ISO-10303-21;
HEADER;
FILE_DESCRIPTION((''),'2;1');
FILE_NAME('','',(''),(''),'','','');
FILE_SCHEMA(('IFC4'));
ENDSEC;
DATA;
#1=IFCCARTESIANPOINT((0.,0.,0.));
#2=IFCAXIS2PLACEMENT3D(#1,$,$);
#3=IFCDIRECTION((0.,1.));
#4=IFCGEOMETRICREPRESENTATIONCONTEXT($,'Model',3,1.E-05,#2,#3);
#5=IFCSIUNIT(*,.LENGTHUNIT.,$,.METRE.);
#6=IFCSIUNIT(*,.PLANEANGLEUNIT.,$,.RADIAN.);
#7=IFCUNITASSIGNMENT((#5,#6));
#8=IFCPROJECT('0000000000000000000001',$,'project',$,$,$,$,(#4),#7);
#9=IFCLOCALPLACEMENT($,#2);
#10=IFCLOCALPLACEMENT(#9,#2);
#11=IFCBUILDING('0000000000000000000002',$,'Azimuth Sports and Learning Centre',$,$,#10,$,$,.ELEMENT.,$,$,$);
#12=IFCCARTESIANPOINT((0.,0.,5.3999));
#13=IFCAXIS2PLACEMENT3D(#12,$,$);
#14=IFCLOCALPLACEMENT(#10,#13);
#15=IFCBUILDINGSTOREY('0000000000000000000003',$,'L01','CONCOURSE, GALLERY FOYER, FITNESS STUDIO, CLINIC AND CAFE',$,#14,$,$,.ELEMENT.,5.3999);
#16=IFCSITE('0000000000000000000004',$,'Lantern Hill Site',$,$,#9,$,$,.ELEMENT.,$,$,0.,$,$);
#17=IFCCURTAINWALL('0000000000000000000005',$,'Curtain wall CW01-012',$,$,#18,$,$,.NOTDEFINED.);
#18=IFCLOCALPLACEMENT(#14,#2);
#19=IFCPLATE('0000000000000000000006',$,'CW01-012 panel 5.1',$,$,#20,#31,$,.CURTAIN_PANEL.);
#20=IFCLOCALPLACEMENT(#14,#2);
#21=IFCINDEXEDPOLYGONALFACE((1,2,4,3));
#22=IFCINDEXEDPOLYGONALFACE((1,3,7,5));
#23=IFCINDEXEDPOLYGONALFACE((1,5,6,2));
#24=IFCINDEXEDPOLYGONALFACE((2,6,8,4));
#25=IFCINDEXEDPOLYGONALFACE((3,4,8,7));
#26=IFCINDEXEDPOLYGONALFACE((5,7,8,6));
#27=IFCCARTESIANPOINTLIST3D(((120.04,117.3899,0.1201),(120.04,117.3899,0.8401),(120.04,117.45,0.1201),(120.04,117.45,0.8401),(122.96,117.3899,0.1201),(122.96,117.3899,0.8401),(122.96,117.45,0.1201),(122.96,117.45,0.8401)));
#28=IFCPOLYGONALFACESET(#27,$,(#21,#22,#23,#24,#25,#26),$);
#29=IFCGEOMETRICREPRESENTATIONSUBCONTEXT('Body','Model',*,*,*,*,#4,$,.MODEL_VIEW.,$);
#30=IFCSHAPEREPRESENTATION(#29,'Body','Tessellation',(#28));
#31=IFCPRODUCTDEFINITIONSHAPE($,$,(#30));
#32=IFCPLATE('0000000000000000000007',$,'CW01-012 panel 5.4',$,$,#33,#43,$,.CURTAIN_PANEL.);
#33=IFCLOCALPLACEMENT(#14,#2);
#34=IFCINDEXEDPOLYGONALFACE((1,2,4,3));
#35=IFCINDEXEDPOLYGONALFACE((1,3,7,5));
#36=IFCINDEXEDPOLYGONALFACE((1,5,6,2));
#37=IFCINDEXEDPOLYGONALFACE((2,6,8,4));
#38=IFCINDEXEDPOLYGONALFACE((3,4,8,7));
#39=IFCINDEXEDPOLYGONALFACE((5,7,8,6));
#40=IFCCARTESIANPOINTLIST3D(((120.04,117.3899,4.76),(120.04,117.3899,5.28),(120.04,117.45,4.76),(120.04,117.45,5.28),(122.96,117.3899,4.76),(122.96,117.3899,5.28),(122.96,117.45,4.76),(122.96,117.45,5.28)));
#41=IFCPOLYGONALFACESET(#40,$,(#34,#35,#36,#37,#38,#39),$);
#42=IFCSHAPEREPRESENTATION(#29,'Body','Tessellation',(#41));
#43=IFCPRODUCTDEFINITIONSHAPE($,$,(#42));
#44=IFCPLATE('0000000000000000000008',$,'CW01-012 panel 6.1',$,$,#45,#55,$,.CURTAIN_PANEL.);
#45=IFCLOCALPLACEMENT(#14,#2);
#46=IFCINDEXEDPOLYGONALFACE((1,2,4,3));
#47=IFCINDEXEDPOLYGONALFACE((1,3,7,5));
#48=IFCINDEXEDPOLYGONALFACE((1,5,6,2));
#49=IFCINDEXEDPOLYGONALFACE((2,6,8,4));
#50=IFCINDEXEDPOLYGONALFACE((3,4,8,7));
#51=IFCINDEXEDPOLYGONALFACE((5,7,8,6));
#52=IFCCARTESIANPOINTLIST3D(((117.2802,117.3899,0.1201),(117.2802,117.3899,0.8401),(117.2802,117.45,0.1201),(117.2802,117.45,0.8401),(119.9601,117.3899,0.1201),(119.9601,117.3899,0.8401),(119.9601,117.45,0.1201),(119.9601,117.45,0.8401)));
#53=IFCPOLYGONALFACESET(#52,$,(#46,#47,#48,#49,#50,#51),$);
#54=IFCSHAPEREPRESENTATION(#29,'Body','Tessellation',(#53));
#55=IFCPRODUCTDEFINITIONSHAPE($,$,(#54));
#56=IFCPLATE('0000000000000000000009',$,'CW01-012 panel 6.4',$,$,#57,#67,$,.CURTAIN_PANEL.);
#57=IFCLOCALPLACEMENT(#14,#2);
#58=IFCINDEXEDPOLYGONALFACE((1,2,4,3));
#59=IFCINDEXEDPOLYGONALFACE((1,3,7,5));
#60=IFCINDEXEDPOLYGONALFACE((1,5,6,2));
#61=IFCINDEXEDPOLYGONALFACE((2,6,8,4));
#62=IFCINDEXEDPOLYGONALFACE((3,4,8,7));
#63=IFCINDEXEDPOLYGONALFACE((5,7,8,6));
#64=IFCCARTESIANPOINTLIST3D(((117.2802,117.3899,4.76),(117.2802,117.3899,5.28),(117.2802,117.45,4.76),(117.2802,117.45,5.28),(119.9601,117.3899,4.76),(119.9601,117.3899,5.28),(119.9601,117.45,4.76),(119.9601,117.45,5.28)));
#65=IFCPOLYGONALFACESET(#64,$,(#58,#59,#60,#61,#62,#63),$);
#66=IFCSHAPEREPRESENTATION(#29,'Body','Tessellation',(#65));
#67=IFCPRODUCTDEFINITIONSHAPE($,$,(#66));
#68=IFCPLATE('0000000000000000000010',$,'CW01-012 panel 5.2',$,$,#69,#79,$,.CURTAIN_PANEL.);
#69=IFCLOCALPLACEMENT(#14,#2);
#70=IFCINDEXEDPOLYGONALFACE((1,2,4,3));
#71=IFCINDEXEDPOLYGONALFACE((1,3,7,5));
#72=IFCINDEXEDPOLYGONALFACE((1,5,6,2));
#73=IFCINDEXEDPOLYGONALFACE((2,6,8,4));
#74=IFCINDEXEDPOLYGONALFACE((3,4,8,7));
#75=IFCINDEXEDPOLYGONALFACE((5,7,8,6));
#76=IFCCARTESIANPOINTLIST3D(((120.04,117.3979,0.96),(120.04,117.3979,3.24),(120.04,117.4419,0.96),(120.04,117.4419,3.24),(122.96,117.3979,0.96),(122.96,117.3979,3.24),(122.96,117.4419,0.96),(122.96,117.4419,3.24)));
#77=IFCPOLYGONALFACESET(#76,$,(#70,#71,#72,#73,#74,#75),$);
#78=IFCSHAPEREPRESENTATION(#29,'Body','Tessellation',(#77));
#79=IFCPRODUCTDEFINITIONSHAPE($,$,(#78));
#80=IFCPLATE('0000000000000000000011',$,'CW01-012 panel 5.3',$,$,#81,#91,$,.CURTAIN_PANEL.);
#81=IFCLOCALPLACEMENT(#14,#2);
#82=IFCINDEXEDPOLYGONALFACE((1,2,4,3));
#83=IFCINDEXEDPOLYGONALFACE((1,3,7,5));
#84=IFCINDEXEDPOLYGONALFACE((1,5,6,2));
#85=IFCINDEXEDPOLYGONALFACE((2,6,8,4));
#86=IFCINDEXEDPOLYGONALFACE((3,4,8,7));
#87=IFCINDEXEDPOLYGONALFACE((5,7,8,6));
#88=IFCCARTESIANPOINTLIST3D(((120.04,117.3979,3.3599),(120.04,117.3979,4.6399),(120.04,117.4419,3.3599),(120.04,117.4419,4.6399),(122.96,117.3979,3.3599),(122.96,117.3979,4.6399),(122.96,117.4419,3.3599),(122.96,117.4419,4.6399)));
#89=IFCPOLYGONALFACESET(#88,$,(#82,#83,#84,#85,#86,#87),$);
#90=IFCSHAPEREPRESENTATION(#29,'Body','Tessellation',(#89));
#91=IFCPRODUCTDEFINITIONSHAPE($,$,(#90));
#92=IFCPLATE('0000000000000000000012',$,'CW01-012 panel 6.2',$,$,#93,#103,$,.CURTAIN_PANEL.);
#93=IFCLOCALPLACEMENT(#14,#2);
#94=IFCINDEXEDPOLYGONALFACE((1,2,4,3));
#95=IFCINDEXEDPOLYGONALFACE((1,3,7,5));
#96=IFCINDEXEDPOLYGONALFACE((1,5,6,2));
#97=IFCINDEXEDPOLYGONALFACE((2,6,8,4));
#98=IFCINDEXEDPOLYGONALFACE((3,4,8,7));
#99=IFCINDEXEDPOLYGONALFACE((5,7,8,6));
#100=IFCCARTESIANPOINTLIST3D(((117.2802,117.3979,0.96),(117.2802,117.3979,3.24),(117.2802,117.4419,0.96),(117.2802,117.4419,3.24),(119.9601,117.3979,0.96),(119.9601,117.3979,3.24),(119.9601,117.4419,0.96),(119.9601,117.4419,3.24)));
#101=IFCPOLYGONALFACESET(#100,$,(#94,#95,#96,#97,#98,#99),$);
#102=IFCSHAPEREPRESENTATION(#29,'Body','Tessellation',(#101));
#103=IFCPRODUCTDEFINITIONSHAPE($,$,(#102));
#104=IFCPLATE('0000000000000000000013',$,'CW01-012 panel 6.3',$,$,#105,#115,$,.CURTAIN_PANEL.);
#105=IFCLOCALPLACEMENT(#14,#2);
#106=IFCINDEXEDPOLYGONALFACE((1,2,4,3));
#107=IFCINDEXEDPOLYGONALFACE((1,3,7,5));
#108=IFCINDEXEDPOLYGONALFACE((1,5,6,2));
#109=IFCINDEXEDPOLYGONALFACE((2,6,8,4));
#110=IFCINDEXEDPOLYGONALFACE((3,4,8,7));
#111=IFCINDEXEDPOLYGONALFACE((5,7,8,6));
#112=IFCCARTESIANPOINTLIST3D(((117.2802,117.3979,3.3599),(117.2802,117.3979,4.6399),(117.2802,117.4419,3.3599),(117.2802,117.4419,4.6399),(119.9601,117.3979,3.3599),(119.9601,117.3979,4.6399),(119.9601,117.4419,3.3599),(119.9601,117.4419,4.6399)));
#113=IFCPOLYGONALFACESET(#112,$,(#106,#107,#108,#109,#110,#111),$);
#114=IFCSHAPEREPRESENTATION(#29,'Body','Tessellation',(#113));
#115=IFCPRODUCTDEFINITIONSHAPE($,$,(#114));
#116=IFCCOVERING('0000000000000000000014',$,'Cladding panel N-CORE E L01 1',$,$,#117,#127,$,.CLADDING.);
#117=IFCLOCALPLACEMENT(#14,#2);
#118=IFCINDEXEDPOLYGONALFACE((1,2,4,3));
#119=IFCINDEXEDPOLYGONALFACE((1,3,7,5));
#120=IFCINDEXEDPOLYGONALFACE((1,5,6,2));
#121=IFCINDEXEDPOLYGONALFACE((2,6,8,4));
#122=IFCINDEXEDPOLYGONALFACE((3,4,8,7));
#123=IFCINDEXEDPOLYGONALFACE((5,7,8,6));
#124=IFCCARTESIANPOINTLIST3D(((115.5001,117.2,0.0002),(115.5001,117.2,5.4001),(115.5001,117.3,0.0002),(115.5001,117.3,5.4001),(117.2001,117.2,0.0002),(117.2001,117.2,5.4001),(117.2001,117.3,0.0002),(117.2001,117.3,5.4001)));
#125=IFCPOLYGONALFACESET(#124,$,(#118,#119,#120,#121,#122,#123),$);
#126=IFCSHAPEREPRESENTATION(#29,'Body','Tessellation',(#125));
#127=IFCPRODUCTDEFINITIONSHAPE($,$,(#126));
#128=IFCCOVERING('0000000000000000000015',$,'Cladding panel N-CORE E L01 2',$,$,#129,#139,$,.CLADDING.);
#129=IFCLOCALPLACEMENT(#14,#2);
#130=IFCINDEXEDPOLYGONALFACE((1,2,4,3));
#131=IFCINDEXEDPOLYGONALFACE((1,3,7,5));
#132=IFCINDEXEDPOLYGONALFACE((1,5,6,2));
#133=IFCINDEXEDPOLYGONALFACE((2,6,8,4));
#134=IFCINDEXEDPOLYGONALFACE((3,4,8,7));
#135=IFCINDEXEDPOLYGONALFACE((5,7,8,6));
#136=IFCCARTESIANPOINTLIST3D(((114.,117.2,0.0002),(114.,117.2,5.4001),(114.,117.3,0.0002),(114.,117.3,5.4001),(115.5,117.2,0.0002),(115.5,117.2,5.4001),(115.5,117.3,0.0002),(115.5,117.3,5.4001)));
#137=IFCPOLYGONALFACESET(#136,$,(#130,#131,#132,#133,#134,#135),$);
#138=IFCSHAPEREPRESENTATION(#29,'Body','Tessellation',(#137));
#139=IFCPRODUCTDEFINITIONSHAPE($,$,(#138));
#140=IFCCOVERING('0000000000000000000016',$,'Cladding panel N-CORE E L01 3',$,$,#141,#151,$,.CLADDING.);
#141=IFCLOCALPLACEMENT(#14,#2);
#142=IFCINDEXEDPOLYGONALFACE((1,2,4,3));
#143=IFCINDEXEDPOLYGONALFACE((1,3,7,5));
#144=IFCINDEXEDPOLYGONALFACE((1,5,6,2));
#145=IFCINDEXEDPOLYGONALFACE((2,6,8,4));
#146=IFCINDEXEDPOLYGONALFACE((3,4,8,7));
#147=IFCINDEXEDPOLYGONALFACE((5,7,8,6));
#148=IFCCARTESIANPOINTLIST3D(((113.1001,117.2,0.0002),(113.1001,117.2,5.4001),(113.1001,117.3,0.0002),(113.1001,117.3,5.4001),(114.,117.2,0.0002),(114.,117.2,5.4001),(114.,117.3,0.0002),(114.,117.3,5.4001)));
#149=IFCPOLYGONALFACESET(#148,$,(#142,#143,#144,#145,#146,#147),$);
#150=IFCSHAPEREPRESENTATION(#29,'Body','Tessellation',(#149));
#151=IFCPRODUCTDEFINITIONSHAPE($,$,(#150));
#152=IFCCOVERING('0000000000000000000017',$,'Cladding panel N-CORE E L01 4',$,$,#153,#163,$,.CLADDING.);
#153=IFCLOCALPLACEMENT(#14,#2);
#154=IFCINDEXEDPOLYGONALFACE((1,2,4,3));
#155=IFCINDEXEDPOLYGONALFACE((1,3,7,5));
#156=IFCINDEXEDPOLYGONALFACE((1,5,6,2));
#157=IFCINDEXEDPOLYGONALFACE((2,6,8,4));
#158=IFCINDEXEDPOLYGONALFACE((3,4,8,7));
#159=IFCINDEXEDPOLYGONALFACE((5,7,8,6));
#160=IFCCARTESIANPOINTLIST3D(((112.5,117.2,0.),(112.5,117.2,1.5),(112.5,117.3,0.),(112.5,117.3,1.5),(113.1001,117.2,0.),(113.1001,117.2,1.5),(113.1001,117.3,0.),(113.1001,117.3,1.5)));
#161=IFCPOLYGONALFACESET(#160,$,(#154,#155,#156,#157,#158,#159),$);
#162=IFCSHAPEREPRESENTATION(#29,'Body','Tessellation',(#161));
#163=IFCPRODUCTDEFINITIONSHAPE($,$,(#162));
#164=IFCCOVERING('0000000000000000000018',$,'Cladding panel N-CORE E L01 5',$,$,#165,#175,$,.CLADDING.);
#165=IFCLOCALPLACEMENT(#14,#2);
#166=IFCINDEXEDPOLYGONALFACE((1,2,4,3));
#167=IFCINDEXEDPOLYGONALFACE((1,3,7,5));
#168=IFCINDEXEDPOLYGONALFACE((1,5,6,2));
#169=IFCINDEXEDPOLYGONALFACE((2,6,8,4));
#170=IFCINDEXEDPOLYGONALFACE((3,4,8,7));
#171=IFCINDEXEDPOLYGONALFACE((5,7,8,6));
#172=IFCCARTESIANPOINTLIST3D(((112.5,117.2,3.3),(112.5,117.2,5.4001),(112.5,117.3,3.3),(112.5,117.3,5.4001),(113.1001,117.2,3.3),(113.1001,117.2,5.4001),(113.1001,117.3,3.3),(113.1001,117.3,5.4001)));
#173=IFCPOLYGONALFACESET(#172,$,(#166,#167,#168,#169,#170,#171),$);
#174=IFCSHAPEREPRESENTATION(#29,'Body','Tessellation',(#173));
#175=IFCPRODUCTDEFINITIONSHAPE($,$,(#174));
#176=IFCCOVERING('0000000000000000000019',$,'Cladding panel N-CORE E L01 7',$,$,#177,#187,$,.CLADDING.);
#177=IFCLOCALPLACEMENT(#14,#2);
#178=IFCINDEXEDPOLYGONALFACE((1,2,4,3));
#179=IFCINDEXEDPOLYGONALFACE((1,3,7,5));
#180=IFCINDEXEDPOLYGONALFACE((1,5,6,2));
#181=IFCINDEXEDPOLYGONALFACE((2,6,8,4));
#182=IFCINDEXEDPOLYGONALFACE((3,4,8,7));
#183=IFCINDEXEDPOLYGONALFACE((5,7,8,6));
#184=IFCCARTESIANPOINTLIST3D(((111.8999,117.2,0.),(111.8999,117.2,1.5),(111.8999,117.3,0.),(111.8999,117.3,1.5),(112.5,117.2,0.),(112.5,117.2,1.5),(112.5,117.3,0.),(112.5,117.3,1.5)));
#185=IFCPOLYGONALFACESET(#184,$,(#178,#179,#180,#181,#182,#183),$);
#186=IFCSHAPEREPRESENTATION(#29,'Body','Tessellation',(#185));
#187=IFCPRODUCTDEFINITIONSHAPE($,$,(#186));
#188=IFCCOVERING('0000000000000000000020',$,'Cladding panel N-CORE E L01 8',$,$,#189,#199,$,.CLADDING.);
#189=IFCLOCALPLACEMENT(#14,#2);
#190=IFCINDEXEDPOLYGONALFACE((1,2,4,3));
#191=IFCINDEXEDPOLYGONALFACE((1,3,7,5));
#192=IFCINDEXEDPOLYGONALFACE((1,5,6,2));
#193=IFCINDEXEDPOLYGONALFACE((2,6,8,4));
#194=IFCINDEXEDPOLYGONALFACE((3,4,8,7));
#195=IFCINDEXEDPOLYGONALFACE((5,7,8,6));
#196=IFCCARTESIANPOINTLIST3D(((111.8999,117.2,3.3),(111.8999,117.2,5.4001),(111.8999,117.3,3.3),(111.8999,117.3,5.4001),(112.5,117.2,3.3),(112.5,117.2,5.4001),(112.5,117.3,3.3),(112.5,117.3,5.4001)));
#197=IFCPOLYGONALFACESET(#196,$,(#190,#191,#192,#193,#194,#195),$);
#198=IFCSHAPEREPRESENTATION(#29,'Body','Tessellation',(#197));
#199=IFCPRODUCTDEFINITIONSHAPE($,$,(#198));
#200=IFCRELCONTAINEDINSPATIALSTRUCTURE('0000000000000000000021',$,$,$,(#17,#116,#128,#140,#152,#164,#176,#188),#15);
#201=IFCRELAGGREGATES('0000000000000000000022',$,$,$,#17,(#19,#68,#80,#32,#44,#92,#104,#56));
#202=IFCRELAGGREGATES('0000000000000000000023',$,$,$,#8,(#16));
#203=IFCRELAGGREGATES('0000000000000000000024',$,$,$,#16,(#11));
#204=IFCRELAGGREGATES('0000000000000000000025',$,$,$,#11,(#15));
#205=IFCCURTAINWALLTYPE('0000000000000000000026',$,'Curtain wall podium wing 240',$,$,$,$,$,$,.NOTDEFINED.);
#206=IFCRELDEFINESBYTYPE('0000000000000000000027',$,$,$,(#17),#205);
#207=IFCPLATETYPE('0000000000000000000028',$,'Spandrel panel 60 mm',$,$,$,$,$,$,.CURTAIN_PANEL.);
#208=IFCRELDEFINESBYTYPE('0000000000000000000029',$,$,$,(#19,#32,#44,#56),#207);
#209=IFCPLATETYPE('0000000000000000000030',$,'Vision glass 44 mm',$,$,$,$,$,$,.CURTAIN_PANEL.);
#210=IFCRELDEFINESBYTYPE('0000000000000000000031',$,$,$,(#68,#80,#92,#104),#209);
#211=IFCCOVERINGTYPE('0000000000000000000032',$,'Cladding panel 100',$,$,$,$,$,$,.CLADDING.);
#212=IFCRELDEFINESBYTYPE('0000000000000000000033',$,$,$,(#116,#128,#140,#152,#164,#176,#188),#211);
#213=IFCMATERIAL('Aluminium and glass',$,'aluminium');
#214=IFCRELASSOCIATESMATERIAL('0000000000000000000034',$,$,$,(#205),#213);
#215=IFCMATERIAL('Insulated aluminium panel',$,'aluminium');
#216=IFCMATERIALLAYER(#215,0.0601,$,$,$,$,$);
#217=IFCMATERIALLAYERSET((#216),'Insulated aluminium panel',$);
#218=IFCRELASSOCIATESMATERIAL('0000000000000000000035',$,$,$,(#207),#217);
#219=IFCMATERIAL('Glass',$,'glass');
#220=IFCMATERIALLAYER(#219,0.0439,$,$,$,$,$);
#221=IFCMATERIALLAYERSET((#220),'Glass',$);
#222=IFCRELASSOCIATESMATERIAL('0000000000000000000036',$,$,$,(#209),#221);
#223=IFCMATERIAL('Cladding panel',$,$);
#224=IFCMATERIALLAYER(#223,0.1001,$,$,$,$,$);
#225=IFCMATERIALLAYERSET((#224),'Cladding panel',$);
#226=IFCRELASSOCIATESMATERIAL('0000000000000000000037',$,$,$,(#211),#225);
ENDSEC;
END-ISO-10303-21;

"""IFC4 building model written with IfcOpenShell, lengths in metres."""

from ifc_helpers import new_model, si_unit, direction, frame, origin, origin_2d, place, context, subcontext, project, spatial, rectangle, extrude, material, layer, layer_set, type_object, element, aggregate, save


model = new_model("IFC4")

# Units and contexts
model_context = context("Model", 3, precision=1e-05, world=origin(), true_north=direction((0.0, 1.0)))
body_context = subcontext(model_context, "Body", "Model", "MODEL_VIEW")
ifc_project = project(units=[si_unit("LENGTHUNIT", "METRE"), si_unit("PLANEANGLEUNIT", "RADIAN")], contexts=[model_context])

# Site, building, storey
site_placement = place(None, origin())
site = spatial("IfcSite", under=ifc_project, at=site_placement, Name="Lantern Hill Site", CompositionType="ELEMENT", RefElevation=0.0)
building_placement = place(site_placement, origin())
building = spatial("IfcBuilding", under=site, at=building_placement, Name="Azimuth Sports and Learning Centre", CompositionType="ELEMENT")
storey_placement = place(building_placement, frame((0.0, 0.0, 5.3999)))
storey = spatial("IfcBuildingStorey", under=building, at=storey_placement, Name="L01", Description="CONCOURSE, GALLERY FOYER, FITNESS STUDIO, CLINIC AND CAFE", CompositionType="ELEMENT", Elevation=5.3999)

# Curtain wall, plates
ifc_material_1 = material(Name="Aluminium and glass", Category="aluminium")
curtain_wall_type = type_object("IfcCurtainWallType", Name="Curtain wall podium wing 240", PredefinedType="NOTDEFINED", material=ifc_material_1)
curtain_wall_placement = place(storey_placement, origin())
curtain_wall = element("IfcCurtainWall", 1, at=curtain_wall_placement, inside=storey, type_object=curtain_wall_type, Name="Curtain wall CW01-012", PredefinedType="NOTDEFINED")
ifc_material_2 = material(Name="Insulated aluminium panel", Category="aluminium")
ifc_layer_1 = layer(ifc_material_2, 0.0601)
ifc_layer_set_1 = layer_set([ifc_layer_1], Name="Insulated aluminium panel")
plate_type_1 = type_object("IfcPlateType", Name="Spandrel panel 60 mm", PredefinedType="CURTAIN_PANEL", material=ifc_layer_set_1)
plate_1_placement = place(storey_placement, frame((121.5, 117.4199, 0.1201), z_axis=(0.0, 0.0, 1.0), x_axis=(-1.0, 0.0, 0.0)))
plate_1 = element("IfcPlate", 2, at=plate_1_placement, type_object=plate_type_1, Name="CW01-012 panel 5.1", PredefinedType="CURTAIN_PANEL", context=body_context, shape_type="SweptSolid", body=[
    extrude(rectangle(XDim=2.9199, YDim=0.0601, at=origin_2d()), origin(), (0.0, 0.0, 1.0), 0.72),
])
plate_2_placement = place(storey_placement, frame((121.5, 117.4199, 4.76), z_axis=(0.0, 0.0, 1.0), x_axis=(-1.0, 0.0, 0.0)))
plate_2 = element("IfcPlate", 3, at=plate_2_placement, type_object=plate_type_1, Name="CW01-012 panel 5.4", PredefinedType="CURTAIN_PANEL", context=body_context, shape_type="SweptSolid", body=[
    extrude(rectangle(XDim=2.9199, YDim=0.0601, at=origin_2d()), origin(), (0.0, 0.0, 1.0), 0.52),
])
plate_3_placement = place(storey_placement, frame((118.6201, 117.4199, 0.1201), z_axis=(0.0, 0.0, 1.0), x_axis=(-1.0, 0.0, 0.0)))
plate_3 = element("IfcPlate", 4, at=plate_3_placement, type_object=plate_type_1, Name="CW01-012 panel 6.1", PredefinedType="CURTAIN_PANEL", context=body_context, shape_type="SweptSolid", body=[
    extrude(rectangle(XDim=2.6799, YDim=0.0601, at=origin_2d()), origin(), (0.0, 0.0, 1.0), 0.72),
])
plate_4_placement = place(storey_placement, frame((118.6201, 117.4199, 4.76), z_axis=(0.0, 0.0, 1.0), x_axis=(-1.0, 0.0, 0.0)))
plate_4 = element("IfcPlate", 5, at=plate_4_placement, type_object=plate_type_1, Name="CW01-012 panel 6.4", PredefinedType="CURTAIN_PANEL", context=body_context, shape_type="SweptSolid", body=[
    extrude(rectangle(XDim=2.6799, YDim=0.0601, at=origin_2d()), origin(), (0.0, 0.0, 1.0), 0.52),
])
ifc_material_3 = material(Name="Glass", Category="glass")
ifc_layer_2 = layer(ifc_material_3, 0.0439)
ifc_layer_set_2 = layer_set([ifc_layer_2], Name="Glass")
plate_type_2 = type_object("IfcPlateType", Name="Vision glass 44 mm", PredefinedType="CURTAIN_PANEL", material=ifc_layer_set_2)
plate_5_placement = place(storey_placement, frame((121.5, 117.4199, 0.96), z_axis=(0.0, 0.0, 1.0), x_axis=(-1.0, 0.0, 0.0)))
plate_5 = element("IfcPlate", 6, at=plate_5_placement, type_object=plate_type_2, Name="CW01-012 panel 5.2", PredefinedType="CURTAIN_PANEL", context=body_context, shape_type="SweptSolid", body=[
    extrude(rectangle(XDim=2.9199, YDim=0.0439, at=origin_2d()), origin(), (0.0, 0.0, 1.0), 2.28),
])
plate_6_placement = place(storey_placement, frame((121.5, 117.4199, 3.3599), z_axis=(0.0, 0.0, 1.0), x_axis=(-1.0, 0.0, 0.0)))
plate_6 = element("IfcPlate", 7, at=plate_6_placement, type_object=plate_type_2, Name="CW01-012 panel 5.3", PredefinedType="CURTAIN_PANEL", context=body_context, shape_type="SweptSolid", body=[
    extrude(rectangle(XDim=2.9199, YDim=0.0439, at=origin_2d()), origin(), (0.0, 0.0, 1.0), 1.28),
])
plate_7_placement = place(storey_placement, frame((118.6201, 117.4199, 0.96), z_axis=(0.0, 0.0, 1.0), x_axis=(-1.0, 0.0, 0.0)))
plate_7 = element("IfcPlate", 8, at=plate_7_placement, type_object=plate_type_2, Name="CW01-012 panel 6.2", PredefinedType="CURTAIN_PANEL", context=body_context, shape_type="SweptSolid", body=[
    extrude(rectangle(XDim=2.6799, YDim=0.0439, at=origin_2d()), origin(), (0.0, 0.0, 1.0), 2.28),
])
plate_8_placement = place(storey_placement, frame((118.6201, 117.4199, 3.3599), z_axis=(0.0, 0.0, 1.0), x_axis=(-1.0, 0.0, 0.0)))
plate_8 = element("IfcPlate", 9, at=plate_8_placement, type_object=plate_type_2, Name="CW01-012 panel 6.3", PredefinedType="CURTAIN_PANEL", context=body_context, shape_type="SweptSolid", body=[
    extrude(rectangle(XDim=2.6799, YDim=0.0439, at=origin_2d()), origin(), (0.0, 0.0, 1.0), 1.28),
])
aggregate(curtain_wall, [plate_1, plate_5, plate_6, plate_2, plate_3, plate_7, plate_8, plate_4])

# Coverings
ifc_material_4 = material(Name="Cladding panel")
ifc_layer_3 = layer(ifc_material_4, 0.1001)
ifc_layer_set_3 = layer_set([ifc_layer_3], Name="Cladding panel")
covering_type = type_object("IfcCoveringType", Name="Cladding panel 100", PredefinedType="CLADDING", material=ifc_layer_set_3)
covering_1_placement = place(storey_placement, frame((116.3501, 117.25, 0.0002), z_axis=(0.0, 0.0, 1.0), x_axis=(-1.0, 0.0, 0.0)))
element("IfcCovering", 10, at=covering_1_placement, inside=storey, type_object=covering_type, Name="Cladding panel N-CORE E L01 1", PredefinedType="CLADDING", context=body_context, shape_type="SweptSolid", body=[
    extrude(rectangle(XDim=1.7, YDim=0.1001, at=origin_2d()), origin(), (0.0, 0.0, 1.0), 5.3999),
])
covering_2_placement = place(storey_placement, frame((114.75, 117.25, 0.0002), z_axis=(0.0, 0.0, 1.0), x_axis=(-1.0, 0.0, 0.0)))
element("IfcCovering", 11, at=covering_2_placement, inside=storey, type_object=covering_type, Name="Cladding panel N-CORE E L01 2", PredefinedType="CLADDING", context=body_context, shape_type="SweptSolid", body=[
    extrude(rectangle(XDim=1.5, YDim=0.1001, at=origin_2d()), origin(), (0.0, 0.0, 1.0), 5.3999),
])
covering_3_placement = place(storey_placement, frame((113.55, 117.25, 0.0002), z_axis=(0.0, 0.0, 1.0), x_axis=(-1.0, 0.0, 0.0)))
element("IfcCovering", 12, at=covering_3_placement, inside=storey, type_object=covering_type, Name="Cladding panel N-CORE E L01 3", PredefinedType="CLADDING", context=body_context, shape_type="SweptSolid", body=[
    extrude(rectangle(XDim=0.8999, YDim=0.1001, at=origin_2d()), origin(), (0.0, 0.0, 1.0), 5.3999),
])
covering_4_placement = place(storey_placement, frame((112.8, 117.25, 0.0), z_axis=(0.0, 0.0, 1.0), x_axis=(-1.0, 0.0, 0.0)))
element("IfcCovering", 13, at=covering_4_placement, inside=storey, type_object=covering_type, Name="Cladding panel N-CORE E L01 4", PredefinedType="CLADDING", context=body_context, shape_type="SweptSolid", body=[
    extrude(rectangle(XDim=0.6001, YDim=0.1001, at=origin_2d()), origin(), (0.0, 0.0, 1.0), 1.5),
])
covering_5_placement = place(storey_placement, frame((112.8, 117.25, 3.3), z_axis=(0.0, 0.0, 1.0), x_axis=(-1.0, 0.0, 0.0)))
element("IfcCovering", 14, at=covering_5_placement, inside=storey, type_object=covering_type, Name="Cladding panel N-CORE E L01 5", PredefinedType="CLADDING", context=body_context, shape_type="SweptSolid", body=[
    extrude(rectangle(XDim=0.6001, YDim=0.1001, at=origin_2d()), origin(), (0.0, 0.0, 1.0), 2.1001),
])
covering_6_placement = place(storey_placement, frame((112.2, 117.25, 0.0), z_axis=(0.0, 0.0, 1.0), x_axis=(-1.0, 0.0, 0.0)))
element("IfcCovering", 15, at=covering_6_placement, inside=storey, type_object=covering_type, Name="Cladding panel N-CORE E L01 7", PredefinedType="CLADDING", context=body_context, shape_type="SweptSolid", body=[
    extrude(rectangle(XDim=0.6001, YDim=0.1001, at=origin_2d()), origin(), (0.0, 0.0, 1.0), 1.5),
])
covering_7_placement = place(storey_placement, frame((112.2, 117.25, 3.3), z_axis=(0.0, 0.0, 1.0), x_axis=(-1.0, 0.0, 0.0)))
element("IfcCovering", 16, at=covering_7_placement, inside=storey, type_object=covering_type, Name="Cladding panel N-CORE E L01 8", PredefinedType="CLADDING", context=body_context, shape_type="SweptSolid", body=[
    extrude(rectangle(XDim=0.6001, YDim=0.1001, at=origin_2d()), origin(), (0.0, 0.0, 1.0), 2.1001),
])

save(model, "model.ifc")
